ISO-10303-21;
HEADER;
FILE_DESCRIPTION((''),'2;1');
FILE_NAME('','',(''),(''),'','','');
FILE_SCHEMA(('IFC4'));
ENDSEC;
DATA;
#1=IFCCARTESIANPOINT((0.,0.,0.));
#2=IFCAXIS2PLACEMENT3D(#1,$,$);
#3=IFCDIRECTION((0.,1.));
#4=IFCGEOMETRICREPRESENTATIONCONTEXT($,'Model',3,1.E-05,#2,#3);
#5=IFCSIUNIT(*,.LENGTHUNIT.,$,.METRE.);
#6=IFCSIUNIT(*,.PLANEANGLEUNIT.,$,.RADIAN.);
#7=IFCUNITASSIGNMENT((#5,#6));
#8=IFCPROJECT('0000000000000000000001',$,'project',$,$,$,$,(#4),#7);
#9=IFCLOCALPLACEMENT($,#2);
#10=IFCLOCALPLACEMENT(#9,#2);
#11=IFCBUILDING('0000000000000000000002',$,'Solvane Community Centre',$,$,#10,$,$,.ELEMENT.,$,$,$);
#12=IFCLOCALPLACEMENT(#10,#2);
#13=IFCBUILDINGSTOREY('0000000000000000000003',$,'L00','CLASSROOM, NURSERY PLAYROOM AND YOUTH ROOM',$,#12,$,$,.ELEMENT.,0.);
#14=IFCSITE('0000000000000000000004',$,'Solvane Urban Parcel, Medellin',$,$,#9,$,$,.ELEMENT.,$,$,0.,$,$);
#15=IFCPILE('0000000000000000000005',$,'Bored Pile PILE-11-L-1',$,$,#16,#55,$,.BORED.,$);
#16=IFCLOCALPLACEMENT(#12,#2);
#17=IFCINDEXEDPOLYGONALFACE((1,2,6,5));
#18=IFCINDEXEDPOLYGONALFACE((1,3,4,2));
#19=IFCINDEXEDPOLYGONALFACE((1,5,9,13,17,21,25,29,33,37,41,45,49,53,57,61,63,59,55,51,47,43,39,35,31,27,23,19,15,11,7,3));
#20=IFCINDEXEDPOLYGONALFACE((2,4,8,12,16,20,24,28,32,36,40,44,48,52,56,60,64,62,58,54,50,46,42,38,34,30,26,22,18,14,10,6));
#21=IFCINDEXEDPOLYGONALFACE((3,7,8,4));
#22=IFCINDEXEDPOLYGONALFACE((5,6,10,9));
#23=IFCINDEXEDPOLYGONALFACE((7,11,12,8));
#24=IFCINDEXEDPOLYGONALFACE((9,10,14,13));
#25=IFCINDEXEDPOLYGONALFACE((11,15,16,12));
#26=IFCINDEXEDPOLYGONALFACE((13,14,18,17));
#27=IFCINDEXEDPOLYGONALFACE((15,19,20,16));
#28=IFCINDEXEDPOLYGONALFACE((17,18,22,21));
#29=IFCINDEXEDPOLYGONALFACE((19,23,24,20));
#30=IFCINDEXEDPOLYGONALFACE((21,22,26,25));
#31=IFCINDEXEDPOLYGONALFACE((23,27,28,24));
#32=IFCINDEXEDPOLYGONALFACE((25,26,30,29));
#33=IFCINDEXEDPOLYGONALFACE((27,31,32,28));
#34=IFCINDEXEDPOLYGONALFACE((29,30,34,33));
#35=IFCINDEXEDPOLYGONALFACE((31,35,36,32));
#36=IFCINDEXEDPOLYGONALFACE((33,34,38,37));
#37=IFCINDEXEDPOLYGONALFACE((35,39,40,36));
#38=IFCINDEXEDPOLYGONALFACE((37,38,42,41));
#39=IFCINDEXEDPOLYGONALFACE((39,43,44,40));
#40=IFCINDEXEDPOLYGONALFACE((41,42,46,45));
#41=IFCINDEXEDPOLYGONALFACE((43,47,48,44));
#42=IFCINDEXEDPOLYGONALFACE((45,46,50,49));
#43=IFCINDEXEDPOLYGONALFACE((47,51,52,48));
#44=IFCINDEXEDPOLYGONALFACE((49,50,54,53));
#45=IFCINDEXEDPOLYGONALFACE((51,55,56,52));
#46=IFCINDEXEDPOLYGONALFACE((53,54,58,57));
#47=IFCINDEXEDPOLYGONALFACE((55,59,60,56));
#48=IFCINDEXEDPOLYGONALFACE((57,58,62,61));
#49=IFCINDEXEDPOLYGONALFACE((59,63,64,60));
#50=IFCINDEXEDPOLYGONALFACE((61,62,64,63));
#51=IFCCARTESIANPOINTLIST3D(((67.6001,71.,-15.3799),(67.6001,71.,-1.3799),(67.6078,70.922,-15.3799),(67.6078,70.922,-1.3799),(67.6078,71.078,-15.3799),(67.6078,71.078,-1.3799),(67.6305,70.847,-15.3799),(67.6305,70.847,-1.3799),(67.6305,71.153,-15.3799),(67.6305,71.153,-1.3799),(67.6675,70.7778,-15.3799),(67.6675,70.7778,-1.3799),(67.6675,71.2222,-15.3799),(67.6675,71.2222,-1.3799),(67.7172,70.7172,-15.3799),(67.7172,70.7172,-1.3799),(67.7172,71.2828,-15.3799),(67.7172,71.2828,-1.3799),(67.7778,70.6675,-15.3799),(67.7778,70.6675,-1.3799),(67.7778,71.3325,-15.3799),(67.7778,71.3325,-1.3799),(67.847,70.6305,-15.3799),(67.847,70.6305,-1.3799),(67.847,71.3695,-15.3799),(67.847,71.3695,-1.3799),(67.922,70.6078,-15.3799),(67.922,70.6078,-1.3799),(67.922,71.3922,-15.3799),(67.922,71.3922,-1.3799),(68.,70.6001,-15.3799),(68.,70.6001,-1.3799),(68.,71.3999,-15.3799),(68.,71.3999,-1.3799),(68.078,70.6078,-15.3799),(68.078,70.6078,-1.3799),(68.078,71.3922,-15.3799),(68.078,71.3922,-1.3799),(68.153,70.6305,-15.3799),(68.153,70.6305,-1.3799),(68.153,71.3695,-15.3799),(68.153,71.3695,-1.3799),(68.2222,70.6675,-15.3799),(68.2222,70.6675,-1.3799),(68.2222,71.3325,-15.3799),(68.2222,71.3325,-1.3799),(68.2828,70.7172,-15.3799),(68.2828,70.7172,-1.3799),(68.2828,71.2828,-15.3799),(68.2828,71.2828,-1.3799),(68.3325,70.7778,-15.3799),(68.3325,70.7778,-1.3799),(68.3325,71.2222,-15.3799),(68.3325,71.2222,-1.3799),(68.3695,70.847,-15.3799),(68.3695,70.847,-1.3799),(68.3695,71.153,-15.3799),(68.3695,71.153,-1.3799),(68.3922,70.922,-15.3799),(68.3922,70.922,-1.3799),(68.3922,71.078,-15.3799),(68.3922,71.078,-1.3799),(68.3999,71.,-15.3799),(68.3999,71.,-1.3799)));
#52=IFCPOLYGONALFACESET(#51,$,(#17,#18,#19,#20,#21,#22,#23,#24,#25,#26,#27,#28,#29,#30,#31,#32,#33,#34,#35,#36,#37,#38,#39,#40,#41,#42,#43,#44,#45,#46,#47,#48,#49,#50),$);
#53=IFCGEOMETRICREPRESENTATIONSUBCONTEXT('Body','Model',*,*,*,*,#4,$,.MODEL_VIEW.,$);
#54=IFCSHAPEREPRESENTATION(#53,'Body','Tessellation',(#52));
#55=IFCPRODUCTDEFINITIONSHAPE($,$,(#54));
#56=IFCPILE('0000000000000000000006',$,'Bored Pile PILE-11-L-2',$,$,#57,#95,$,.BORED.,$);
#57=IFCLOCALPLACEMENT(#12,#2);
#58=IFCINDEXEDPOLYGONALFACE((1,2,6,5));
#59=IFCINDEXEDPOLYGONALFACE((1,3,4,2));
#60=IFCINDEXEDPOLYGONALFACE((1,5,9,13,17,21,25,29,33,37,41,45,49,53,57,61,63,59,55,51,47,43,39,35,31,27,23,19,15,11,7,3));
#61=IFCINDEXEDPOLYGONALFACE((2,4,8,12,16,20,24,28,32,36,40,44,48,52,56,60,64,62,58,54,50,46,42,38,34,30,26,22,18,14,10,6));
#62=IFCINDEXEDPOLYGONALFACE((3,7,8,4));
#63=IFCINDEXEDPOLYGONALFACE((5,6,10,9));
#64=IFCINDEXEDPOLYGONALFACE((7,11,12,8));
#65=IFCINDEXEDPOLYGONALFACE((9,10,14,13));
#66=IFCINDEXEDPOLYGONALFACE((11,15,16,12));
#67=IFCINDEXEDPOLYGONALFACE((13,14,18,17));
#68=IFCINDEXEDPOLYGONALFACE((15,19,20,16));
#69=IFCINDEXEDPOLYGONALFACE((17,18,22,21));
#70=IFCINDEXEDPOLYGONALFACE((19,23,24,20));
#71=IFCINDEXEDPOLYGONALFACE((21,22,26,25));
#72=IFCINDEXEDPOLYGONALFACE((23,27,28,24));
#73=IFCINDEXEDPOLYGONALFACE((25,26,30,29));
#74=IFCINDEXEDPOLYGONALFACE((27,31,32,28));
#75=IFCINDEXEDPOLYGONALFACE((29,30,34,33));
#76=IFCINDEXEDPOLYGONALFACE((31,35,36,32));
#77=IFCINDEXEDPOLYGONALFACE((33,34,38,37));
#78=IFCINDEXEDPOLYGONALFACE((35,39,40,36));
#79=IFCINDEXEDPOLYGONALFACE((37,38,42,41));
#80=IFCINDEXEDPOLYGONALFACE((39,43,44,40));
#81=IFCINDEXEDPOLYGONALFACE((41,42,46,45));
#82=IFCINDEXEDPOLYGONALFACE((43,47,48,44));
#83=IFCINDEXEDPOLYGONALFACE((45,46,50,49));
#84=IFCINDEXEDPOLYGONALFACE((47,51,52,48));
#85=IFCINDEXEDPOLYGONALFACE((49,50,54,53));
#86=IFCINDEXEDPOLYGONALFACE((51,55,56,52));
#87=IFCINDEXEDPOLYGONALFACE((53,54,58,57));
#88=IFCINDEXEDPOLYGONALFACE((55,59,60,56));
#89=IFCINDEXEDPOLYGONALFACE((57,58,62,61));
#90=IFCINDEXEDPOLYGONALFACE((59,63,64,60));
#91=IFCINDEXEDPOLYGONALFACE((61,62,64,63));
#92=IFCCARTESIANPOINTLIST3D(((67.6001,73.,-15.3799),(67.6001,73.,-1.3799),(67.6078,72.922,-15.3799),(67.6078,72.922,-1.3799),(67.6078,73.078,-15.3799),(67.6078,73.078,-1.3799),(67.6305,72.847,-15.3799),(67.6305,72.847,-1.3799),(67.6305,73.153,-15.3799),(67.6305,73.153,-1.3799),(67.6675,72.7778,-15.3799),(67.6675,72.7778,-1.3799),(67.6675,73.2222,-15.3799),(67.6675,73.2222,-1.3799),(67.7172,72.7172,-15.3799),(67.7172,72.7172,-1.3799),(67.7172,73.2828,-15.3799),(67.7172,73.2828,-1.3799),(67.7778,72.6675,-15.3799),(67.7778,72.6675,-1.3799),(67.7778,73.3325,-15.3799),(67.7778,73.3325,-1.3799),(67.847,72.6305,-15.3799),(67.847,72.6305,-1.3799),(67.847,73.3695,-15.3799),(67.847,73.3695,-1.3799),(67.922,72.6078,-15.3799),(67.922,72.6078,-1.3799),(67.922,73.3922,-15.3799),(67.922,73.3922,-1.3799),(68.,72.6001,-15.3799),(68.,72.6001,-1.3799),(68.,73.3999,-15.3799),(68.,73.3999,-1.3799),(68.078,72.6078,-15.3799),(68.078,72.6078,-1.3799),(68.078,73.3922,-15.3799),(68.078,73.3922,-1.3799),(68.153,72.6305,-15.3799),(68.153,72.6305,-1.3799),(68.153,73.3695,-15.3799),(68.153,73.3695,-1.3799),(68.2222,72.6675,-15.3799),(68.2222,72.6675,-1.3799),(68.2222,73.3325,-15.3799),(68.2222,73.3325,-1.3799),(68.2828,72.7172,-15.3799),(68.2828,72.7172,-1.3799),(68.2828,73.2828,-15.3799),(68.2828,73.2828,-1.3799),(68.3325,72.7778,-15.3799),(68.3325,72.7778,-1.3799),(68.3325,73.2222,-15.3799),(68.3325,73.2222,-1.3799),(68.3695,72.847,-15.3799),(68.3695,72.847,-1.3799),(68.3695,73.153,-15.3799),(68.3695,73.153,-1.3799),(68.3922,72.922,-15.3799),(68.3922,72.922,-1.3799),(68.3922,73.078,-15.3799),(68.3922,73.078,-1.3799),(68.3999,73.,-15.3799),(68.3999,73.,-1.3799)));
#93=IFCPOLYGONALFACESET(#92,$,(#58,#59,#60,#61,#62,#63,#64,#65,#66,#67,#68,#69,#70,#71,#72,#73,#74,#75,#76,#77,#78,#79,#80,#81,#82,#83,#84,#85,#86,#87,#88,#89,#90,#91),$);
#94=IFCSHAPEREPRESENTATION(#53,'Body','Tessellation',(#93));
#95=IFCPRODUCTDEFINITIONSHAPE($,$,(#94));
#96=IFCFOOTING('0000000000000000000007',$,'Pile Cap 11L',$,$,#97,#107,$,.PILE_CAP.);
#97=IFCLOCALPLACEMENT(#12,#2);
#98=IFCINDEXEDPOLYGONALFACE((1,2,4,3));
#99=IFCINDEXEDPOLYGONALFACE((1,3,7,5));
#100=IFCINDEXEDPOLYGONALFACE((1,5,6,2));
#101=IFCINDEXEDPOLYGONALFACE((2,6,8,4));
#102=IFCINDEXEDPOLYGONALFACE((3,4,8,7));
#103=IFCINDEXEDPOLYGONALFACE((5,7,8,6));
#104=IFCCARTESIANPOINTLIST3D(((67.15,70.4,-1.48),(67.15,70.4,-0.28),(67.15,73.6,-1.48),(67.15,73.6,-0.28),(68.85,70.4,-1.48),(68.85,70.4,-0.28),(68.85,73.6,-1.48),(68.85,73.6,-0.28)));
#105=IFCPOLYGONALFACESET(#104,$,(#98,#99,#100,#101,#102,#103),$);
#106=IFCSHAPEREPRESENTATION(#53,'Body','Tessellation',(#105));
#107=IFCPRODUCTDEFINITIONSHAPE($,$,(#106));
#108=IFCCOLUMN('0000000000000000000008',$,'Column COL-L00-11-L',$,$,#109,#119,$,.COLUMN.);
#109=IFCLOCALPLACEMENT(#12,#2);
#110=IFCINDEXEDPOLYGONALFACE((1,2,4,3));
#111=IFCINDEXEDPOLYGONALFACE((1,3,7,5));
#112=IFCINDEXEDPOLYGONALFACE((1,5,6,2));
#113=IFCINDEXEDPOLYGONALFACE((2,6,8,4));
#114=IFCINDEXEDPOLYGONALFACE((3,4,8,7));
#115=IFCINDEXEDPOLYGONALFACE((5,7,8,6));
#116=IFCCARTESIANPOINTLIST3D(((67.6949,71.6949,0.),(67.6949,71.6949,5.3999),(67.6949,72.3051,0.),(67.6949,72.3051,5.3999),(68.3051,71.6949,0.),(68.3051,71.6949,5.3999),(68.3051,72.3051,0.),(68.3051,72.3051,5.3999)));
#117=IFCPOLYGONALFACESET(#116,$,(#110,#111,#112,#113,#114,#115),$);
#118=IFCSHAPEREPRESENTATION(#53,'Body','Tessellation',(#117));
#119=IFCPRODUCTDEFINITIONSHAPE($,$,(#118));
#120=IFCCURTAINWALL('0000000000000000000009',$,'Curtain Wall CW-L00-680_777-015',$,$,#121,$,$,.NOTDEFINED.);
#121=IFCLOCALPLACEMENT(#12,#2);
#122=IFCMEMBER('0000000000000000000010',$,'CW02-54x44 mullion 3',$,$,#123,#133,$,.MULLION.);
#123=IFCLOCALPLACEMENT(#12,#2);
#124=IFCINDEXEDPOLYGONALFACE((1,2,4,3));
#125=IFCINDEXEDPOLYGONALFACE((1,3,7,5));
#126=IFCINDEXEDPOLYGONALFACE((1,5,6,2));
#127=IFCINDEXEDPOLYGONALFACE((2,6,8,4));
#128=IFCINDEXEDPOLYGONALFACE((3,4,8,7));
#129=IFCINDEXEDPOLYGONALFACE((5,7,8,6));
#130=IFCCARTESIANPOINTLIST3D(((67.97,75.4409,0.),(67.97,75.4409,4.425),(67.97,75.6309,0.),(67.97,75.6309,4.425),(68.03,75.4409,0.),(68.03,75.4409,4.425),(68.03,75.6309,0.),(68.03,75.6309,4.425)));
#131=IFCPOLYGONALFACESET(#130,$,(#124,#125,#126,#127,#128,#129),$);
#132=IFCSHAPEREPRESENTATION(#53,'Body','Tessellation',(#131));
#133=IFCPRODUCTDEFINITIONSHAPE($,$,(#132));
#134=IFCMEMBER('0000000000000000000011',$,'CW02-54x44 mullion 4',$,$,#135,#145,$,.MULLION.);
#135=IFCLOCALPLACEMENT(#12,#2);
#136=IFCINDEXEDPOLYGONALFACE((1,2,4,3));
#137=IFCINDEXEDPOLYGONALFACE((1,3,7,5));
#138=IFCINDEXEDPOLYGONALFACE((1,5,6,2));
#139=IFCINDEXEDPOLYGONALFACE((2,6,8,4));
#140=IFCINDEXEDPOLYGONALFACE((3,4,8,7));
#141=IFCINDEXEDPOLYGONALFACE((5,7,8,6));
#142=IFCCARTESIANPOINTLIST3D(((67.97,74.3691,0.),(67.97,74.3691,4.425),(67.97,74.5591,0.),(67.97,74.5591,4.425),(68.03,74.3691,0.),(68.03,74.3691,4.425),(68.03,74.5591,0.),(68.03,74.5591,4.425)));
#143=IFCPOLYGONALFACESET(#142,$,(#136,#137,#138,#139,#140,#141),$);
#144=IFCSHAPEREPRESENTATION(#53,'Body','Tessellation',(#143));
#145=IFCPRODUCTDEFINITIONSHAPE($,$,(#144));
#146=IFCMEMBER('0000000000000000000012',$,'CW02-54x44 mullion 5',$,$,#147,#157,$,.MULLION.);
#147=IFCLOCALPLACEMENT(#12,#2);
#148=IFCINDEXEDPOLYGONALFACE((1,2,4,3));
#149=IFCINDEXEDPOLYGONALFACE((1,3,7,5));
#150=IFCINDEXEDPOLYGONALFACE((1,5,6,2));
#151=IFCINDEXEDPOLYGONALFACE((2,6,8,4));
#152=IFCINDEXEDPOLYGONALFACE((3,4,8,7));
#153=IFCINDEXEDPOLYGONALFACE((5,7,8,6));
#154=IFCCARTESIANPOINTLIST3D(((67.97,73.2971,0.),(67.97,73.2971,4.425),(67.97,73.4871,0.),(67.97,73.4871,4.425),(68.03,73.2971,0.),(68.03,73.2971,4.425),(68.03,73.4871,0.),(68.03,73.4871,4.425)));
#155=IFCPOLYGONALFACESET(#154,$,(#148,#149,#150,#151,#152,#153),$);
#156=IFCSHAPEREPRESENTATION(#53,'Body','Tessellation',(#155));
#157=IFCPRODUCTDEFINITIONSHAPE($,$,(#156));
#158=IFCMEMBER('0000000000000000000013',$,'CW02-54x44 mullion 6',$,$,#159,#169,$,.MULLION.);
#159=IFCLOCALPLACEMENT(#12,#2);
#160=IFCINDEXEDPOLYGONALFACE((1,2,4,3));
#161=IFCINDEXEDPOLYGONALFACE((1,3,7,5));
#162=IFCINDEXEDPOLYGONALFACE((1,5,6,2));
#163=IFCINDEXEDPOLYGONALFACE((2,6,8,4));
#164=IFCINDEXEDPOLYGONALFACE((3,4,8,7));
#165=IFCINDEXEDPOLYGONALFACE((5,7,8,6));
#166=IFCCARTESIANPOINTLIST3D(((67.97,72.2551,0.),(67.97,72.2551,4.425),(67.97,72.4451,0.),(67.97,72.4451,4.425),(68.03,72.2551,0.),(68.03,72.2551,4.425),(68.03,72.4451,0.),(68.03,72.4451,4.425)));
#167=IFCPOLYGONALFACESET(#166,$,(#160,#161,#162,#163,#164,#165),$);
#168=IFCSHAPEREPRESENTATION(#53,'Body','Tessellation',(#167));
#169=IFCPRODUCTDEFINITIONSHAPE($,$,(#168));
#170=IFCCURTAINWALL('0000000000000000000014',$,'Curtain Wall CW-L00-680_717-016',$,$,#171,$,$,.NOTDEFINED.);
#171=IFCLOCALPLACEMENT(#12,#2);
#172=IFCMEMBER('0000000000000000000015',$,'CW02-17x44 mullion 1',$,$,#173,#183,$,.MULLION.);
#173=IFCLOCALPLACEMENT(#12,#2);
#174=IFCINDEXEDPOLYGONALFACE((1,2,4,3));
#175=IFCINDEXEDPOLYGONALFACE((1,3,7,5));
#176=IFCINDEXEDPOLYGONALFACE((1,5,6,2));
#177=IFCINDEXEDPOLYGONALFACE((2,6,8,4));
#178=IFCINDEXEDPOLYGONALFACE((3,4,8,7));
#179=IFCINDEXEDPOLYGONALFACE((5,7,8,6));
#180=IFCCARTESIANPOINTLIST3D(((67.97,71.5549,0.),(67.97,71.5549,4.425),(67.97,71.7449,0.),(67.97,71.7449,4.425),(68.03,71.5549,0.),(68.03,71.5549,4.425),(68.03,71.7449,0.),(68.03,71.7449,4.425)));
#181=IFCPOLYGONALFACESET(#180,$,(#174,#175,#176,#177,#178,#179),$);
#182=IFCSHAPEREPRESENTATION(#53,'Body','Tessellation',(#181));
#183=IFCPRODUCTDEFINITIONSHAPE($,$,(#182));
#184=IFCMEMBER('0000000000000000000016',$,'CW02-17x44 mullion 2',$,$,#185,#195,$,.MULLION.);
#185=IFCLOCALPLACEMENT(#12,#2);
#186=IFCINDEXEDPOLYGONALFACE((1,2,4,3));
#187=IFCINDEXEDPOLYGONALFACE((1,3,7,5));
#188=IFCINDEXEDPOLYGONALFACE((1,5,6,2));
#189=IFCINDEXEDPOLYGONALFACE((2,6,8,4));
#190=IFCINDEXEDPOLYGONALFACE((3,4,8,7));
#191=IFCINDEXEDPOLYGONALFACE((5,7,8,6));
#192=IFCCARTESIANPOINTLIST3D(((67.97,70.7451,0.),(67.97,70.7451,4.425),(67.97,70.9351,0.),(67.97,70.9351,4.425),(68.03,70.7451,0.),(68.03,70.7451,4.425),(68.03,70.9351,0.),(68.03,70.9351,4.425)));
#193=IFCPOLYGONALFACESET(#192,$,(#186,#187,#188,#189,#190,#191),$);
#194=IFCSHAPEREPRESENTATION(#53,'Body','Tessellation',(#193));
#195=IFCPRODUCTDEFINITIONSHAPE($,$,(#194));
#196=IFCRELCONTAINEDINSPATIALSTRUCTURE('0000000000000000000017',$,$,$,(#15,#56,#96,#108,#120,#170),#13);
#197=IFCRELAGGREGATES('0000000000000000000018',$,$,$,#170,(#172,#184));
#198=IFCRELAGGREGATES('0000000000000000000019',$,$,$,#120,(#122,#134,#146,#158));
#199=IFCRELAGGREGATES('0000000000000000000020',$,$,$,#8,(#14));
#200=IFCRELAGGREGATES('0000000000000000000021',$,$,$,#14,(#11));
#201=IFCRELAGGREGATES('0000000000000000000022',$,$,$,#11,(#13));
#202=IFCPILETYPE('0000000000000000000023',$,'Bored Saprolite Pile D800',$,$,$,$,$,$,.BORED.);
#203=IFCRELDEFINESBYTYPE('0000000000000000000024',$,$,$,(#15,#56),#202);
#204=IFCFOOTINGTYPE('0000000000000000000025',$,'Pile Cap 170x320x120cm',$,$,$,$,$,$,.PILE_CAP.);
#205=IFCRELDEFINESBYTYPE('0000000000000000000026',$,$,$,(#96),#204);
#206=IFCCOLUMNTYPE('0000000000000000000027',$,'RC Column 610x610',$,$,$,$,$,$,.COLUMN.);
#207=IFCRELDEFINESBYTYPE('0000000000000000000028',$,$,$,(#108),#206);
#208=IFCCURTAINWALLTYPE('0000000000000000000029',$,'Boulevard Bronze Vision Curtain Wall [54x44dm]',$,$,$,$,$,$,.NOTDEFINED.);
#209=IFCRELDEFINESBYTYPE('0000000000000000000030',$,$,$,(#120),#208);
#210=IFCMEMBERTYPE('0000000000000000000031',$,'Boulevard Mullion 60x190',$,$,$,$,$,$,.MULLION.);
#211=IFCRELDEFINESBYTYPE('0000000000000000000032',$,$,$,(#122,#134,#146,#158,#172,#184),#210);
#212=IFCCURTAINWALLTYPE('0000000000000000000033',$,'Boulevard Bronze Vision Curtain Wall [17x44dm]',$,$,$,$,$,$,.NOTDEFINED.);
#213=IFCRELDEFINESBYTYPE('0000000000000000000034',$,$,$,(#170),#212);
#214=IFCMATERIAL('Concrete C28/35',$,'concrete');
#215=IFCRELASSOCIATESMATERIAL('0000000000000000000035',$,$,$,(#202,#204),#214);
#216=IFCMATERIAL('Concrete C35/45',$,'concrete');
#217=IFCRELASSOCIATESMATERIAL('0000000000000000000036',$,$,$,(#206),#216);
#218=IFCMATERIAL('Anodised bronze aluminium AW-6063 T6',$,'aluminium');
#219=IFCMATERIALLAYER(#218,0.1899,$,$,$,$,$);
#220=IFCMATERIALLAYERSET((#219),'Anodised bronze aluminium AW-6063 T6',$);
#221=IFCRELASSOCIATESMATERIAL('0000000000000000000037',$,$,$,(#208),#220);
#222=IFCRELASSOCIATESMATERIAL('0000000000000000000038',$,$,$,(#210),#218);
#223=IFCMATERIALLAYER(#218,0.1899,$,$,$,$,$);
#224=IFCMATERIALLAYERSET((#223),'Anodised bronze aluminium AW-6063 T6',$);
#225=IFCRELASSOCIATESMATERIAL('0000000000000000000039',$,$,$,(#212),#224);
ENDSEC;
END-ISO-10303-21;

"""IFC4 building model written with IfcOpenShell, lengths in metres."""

from ifc_helpers import new_model, si_unit, direction, frame, origin, origin_2d, place, context, subcontext, project, spatial, rectangle, circle, extrude, material, layer, layer_set, material_profile, profile_set, type_object, element, aggregate, save


model = new_model("IFC4")

# Units and contexts
model_context = context("Model", 3, precision=1e-05, world=origin(), true_north=direction((0.0, 1.0)))
body_context = subcontext(model_context, "Body", "Model", "MODEL_VIEW")
ifc_project = project(units=[si_unit("LENGTHUNIT", "METRE"), si_unit("PLANEANGLEUNIT", "RADIAN")], contexts=[model_context])

# Site, building, storey
site_placement = place(None, origin())
site = spatial("IfcSite", under=ifc_project, at=site_placement, Name="Solvane Urban Parcel, Medellin", CompositionType="ELEMENT", RefElevation=0.0)
building_placement = place(site_placement, origin())
building = spatial("IfcBuilding", under=site, at=building_placement, Name="Solvane Community Centre", CompositionType="ELEMENT")
storey_placement = place(building_placement, origin())
storey = spatial("IfcBuildingStorey", under=building, at=storey_placement, Name="L00", Description="CLASSROOM, NURSERY PLAYROOM AND YOUTH ROOM", CompositionType="ELEMENT", Elevation=0.0)

# Piles
ifc_material_1 = material(Name="Concrete C28/35", Category="concrete")
ifc_material_profile_1 = material_profile(ifc_material_1, circle(Radius=0.3999, at=origin_2d()), Name="PILE D800")
ifc_profile_set_1 = profile_set([ifc_material_profile_1], Name="Concrete C28/35")
pile_type = type_object("IfcPileType", Name="Bored Saprolite Pile D800", PredefinedType="BORED", material=ifc_profile_set_1)
for number, where, z_axis, x_axis, name in (
    (1, (68.0, 71.0, -1.3799), (0.0, 0.0, -1.0), (1.0, 0.0, 0.0), "Bored Pile PILE-11-L-1"),
    (2, (68.0, 73.0, -1.3799), (0.0, 0.0, -1.0), (1.0, 0.0, 0.0), "Bored Pile PILE-11-L-2"),
):
    element("IfcPile", number, at=place(storey_placement, frame(where, z_axis=z_axis, x_axis=x_axis)), inside=storey, type_object=pile_type, Name=name, PredefinedType="BORED", context=body_context, shape_type="SweptSolid", body=[
        extrude(circle(Radius=0.3999, at=origin_2d()), origin(), (0.0, 0.0, 1.0), 14.0),
    ])

# Footing
footing_type = type_object("IfcFootingType", Name="Pile Cap 170x320x120cm", PredefinedType="PILE_CAP", material=ifc_material_1)
footing_placement = place(storey_placement, frame((68.0, 72.0, -1.48), z_axis=(0.0, 0.0, 1.0), x_axis=(1.0, 0.0, 0.0)))
element("IfcFooting", 3, at=footing_placement, inside=storey, type_object=footing_type, Name="Pile Cap 11L", PredefinedType="PILE_CAP", context=body_context, shape_type="SweptSolid", body=[
    extrude(rectangle(XDim=1.7, YDim=3.2, at=origin_2d()), origin(), (0.0, 0.0, 1.0), 1.2),
])

# Column
ifc_material_2 = material(Name="Concrete C35/45", Category="concrete")
ifc_material_profile_2 = material_profile(ifc_material_2, rectangle(XDim=0.6101, YDim=0.6101, at=origin_2d()), Name="RC 610x610")
ifc_profile_set_2 = profile_set([ifc_material_profile_2], Name="Concrete C35/45")
column_type = type_object("IfcColumnType", Name="RC Column 610x610", PredefinedType="COLUMN", material=ifc_profile_set_2)
column_placement = place(storey_placement, frame((68.0, 72.0, 0.0), z_axis=(0.0, 0.0, 1.0), x_axis=(1.0, 0.0, 0.0)))
element("IfcColumn", 4, at=column_placement, inside=storey, type_object=column_type, Name="Column COL-L00-11-L", PredefinedType="COLUMN", context=body_context, shape_type="SweptSolid", body=[
    extrude(rectangle(XDim=0.6101, YDim=0.6101, at=origin_2d()), origin(), (0.0, 0.0, 1.0), 5.3999),
])

# Curtain walls, members
ifc_material_3 = material(Name="Anodised bronze aluminium AW-6063 T6", Category="aluminium")
ifc_layer_1 = layer(ifc_material_3, 0.1899)
ifc_layer_set_1 = layer_set([ifc_layer_1], Name="Anodised bronze aluminium AW-6063 T6")
curtain_wall_type_1 = type_object("IfcCurtainWallType", Name="Boulevard Bronze Vision Curtain Wall [54x44dm]", PredefinedType="NOTDEFINED", material=ifc_layer_set_1)
curtain_wall_1_placement = place(storey_placement, origin())
curtain_wall_1 = element("IfcCurtainWall", 5, at=curtain_wall_1_placement, inside=storey, type_object=curtain_wall_type_1, Name="Curtain Wall CW-L00-680_777-015", PredefinedType="NOTDEFINED")
ifc_material_profile_3 = material_profile(ifc_material_3, rectangle(XDim=0.0601, YDim=0.1899, at=origin_2d()), Name="CW-M 60x190")
ifc_profile_set_3 = profile_set([ifc_material_profile_3], Name="Anodised bronze aluminium AW-6063 T6")
member_type_1 = type_object("IfcMemberType", Name="Boulevard Mullion 60x190", PredefinedType="MULLION", material=ifc_profile_set_3)
member_1_placement = place(storey_placement, frame((68.0, 75.5359, 0.0), z_axis=(0.0, 0.0, 1.0), x_axis=(1.0, 0.0, 0.0)))
member_1 = element("IfcMember", 6, at=member_1_placement, type_object=member_type_1, Name="CW02-54x44 mullion 3", PredefinedType="MULLION", context=body_context, shape_type="SweptSolid", body=[
    extrude(rectangle(XDim=0.0601, YDim=0.1899, at=origin_2d()), origin(), (0.0, 0.0, 1.0), 4.425),
])
member_2_placement = place(storey_placement, frame((68.0, 74.4641, 0.0), z_axis=(0.0, 0.0, 1.0), x_axis=(1.0, 0.0, 0.0)))
member_2 = element("IfcMember", 7, at=member_2_placement, type_object=member_type_1, Name="CW02-54x44 mullion 4", PredefinedType="MULLION", context=body_context, shape_type="SweptSolid", body=[
    extrude(rectangle(XDim=0.0601, YDim=0.1899, at=origin_2d()), origin(), (0.0, 0.0, 1.0), 4.425),
])
member_3_placement = place(storey_placement, frame((68.0, 73.3921, 0.0), z_axis=(0.0, 0.0, 1.0), x_axis=(1.0, 0.0, 0.0)))
member_3 = element("IfcMember", 8, at=member_3_placement, type_object=member_type_1, Name="CW02-54x44 mullion 5", PredefinedType="MULLION", context=body_context, shape_type="SweptSolid", body=[
    extrude(rectangle(XDim=0.0601, YDim=0.1899, at=origin_2d()), origin(), (0.0, 0.0, 1.0), 4.425),
])
member_4_placement = place(storey_placement, frame((68.0, 72.3501, 0.0), z_axis=(0.0, 0.0, 1.0), x_axis=(1.0, 0.0, 0.0)))
member_4 = element("IfcMember", 9, at=member_4_placement, type_object=member_type_1, Name="CW02-54x44 mullion 6", PredefinedType="MULLION", context=body_context, shape_type="SweptSolid", body=[
    extrude(rectangle(XDim=0.0601, YDim=0.1899, at=origin_2d()), origin(), (0.0, 0.0, 1.0), 4.425),
])
ifc_layer_2 = layer(ifc_material_3, 0.1899)
ifc_layer_set_2 = layer_set([ifc_layer_2], Name="Anodised bronze aluminium AW-6063 T6")
curtain_wall_type_2 = type_object("IfcCurtainWallType", Name="Boulevard Bronze Vision Curtain Wall [17x44dm]", PredefinedType="NOTDEFINED", material=ifc_layer_set_2)
curtain_wall_2_placement = place(storey_placement, origin())
curtain_wall_2 = element("IfcCurtainWall", 10, at=curtain_wall_2_placement, inside=storey, type_object=curtain_wall_type_2, Name="Curtain Wall CW-L00-680_717-016", PredefinedType="NOTDEFINED")
member_5_placement = place(storey_placement, frame((68.0, 71.6499, 0.0), z_axis=(0.0, 0.0, 1.0), x_axis=(1.0, 0.0, 0.0)))
member_5 = element("IfcMember", 11, at=member_5_placement, type_object=member_type_1, Name="CW02-17x44 mullion 1", PredefinedType="MULLION", context=body_context, shape_type="SweptSolid", body=[
    extrude(rectangle(XDim=0.0601, YDim=0.1899, at=origin_2d()), origin(), (0.0, 0.0, 1.0), 4.425),
])
member_6_placement = place(storey_placement, frame((68.0, 70.8401, 0.0), z_axis=(0.0, 0.0, 1.0), x_axis=(1.0, 0.0, 0.0)))
member_6 = element("IfcMember", 12, at=member_6_placement, type_object=member_type_1, Name="CW02-17x44 mullion 2", PredefinedType="MULLION", context=body_context, shape_type="SweptSolid", body=[
    extrude(rectangle(XDim=0.0601, YDim=0.1899, at=origin_2d()), origin(), (0.0, 0.0, 1.0), 4.425),
])

aggregate(curtain_wall_2, [member_5, member_6])
aggregate(curtain_wall_1, [member_1, member_2, member_3, member_4])

save(model, "model.ifc")
